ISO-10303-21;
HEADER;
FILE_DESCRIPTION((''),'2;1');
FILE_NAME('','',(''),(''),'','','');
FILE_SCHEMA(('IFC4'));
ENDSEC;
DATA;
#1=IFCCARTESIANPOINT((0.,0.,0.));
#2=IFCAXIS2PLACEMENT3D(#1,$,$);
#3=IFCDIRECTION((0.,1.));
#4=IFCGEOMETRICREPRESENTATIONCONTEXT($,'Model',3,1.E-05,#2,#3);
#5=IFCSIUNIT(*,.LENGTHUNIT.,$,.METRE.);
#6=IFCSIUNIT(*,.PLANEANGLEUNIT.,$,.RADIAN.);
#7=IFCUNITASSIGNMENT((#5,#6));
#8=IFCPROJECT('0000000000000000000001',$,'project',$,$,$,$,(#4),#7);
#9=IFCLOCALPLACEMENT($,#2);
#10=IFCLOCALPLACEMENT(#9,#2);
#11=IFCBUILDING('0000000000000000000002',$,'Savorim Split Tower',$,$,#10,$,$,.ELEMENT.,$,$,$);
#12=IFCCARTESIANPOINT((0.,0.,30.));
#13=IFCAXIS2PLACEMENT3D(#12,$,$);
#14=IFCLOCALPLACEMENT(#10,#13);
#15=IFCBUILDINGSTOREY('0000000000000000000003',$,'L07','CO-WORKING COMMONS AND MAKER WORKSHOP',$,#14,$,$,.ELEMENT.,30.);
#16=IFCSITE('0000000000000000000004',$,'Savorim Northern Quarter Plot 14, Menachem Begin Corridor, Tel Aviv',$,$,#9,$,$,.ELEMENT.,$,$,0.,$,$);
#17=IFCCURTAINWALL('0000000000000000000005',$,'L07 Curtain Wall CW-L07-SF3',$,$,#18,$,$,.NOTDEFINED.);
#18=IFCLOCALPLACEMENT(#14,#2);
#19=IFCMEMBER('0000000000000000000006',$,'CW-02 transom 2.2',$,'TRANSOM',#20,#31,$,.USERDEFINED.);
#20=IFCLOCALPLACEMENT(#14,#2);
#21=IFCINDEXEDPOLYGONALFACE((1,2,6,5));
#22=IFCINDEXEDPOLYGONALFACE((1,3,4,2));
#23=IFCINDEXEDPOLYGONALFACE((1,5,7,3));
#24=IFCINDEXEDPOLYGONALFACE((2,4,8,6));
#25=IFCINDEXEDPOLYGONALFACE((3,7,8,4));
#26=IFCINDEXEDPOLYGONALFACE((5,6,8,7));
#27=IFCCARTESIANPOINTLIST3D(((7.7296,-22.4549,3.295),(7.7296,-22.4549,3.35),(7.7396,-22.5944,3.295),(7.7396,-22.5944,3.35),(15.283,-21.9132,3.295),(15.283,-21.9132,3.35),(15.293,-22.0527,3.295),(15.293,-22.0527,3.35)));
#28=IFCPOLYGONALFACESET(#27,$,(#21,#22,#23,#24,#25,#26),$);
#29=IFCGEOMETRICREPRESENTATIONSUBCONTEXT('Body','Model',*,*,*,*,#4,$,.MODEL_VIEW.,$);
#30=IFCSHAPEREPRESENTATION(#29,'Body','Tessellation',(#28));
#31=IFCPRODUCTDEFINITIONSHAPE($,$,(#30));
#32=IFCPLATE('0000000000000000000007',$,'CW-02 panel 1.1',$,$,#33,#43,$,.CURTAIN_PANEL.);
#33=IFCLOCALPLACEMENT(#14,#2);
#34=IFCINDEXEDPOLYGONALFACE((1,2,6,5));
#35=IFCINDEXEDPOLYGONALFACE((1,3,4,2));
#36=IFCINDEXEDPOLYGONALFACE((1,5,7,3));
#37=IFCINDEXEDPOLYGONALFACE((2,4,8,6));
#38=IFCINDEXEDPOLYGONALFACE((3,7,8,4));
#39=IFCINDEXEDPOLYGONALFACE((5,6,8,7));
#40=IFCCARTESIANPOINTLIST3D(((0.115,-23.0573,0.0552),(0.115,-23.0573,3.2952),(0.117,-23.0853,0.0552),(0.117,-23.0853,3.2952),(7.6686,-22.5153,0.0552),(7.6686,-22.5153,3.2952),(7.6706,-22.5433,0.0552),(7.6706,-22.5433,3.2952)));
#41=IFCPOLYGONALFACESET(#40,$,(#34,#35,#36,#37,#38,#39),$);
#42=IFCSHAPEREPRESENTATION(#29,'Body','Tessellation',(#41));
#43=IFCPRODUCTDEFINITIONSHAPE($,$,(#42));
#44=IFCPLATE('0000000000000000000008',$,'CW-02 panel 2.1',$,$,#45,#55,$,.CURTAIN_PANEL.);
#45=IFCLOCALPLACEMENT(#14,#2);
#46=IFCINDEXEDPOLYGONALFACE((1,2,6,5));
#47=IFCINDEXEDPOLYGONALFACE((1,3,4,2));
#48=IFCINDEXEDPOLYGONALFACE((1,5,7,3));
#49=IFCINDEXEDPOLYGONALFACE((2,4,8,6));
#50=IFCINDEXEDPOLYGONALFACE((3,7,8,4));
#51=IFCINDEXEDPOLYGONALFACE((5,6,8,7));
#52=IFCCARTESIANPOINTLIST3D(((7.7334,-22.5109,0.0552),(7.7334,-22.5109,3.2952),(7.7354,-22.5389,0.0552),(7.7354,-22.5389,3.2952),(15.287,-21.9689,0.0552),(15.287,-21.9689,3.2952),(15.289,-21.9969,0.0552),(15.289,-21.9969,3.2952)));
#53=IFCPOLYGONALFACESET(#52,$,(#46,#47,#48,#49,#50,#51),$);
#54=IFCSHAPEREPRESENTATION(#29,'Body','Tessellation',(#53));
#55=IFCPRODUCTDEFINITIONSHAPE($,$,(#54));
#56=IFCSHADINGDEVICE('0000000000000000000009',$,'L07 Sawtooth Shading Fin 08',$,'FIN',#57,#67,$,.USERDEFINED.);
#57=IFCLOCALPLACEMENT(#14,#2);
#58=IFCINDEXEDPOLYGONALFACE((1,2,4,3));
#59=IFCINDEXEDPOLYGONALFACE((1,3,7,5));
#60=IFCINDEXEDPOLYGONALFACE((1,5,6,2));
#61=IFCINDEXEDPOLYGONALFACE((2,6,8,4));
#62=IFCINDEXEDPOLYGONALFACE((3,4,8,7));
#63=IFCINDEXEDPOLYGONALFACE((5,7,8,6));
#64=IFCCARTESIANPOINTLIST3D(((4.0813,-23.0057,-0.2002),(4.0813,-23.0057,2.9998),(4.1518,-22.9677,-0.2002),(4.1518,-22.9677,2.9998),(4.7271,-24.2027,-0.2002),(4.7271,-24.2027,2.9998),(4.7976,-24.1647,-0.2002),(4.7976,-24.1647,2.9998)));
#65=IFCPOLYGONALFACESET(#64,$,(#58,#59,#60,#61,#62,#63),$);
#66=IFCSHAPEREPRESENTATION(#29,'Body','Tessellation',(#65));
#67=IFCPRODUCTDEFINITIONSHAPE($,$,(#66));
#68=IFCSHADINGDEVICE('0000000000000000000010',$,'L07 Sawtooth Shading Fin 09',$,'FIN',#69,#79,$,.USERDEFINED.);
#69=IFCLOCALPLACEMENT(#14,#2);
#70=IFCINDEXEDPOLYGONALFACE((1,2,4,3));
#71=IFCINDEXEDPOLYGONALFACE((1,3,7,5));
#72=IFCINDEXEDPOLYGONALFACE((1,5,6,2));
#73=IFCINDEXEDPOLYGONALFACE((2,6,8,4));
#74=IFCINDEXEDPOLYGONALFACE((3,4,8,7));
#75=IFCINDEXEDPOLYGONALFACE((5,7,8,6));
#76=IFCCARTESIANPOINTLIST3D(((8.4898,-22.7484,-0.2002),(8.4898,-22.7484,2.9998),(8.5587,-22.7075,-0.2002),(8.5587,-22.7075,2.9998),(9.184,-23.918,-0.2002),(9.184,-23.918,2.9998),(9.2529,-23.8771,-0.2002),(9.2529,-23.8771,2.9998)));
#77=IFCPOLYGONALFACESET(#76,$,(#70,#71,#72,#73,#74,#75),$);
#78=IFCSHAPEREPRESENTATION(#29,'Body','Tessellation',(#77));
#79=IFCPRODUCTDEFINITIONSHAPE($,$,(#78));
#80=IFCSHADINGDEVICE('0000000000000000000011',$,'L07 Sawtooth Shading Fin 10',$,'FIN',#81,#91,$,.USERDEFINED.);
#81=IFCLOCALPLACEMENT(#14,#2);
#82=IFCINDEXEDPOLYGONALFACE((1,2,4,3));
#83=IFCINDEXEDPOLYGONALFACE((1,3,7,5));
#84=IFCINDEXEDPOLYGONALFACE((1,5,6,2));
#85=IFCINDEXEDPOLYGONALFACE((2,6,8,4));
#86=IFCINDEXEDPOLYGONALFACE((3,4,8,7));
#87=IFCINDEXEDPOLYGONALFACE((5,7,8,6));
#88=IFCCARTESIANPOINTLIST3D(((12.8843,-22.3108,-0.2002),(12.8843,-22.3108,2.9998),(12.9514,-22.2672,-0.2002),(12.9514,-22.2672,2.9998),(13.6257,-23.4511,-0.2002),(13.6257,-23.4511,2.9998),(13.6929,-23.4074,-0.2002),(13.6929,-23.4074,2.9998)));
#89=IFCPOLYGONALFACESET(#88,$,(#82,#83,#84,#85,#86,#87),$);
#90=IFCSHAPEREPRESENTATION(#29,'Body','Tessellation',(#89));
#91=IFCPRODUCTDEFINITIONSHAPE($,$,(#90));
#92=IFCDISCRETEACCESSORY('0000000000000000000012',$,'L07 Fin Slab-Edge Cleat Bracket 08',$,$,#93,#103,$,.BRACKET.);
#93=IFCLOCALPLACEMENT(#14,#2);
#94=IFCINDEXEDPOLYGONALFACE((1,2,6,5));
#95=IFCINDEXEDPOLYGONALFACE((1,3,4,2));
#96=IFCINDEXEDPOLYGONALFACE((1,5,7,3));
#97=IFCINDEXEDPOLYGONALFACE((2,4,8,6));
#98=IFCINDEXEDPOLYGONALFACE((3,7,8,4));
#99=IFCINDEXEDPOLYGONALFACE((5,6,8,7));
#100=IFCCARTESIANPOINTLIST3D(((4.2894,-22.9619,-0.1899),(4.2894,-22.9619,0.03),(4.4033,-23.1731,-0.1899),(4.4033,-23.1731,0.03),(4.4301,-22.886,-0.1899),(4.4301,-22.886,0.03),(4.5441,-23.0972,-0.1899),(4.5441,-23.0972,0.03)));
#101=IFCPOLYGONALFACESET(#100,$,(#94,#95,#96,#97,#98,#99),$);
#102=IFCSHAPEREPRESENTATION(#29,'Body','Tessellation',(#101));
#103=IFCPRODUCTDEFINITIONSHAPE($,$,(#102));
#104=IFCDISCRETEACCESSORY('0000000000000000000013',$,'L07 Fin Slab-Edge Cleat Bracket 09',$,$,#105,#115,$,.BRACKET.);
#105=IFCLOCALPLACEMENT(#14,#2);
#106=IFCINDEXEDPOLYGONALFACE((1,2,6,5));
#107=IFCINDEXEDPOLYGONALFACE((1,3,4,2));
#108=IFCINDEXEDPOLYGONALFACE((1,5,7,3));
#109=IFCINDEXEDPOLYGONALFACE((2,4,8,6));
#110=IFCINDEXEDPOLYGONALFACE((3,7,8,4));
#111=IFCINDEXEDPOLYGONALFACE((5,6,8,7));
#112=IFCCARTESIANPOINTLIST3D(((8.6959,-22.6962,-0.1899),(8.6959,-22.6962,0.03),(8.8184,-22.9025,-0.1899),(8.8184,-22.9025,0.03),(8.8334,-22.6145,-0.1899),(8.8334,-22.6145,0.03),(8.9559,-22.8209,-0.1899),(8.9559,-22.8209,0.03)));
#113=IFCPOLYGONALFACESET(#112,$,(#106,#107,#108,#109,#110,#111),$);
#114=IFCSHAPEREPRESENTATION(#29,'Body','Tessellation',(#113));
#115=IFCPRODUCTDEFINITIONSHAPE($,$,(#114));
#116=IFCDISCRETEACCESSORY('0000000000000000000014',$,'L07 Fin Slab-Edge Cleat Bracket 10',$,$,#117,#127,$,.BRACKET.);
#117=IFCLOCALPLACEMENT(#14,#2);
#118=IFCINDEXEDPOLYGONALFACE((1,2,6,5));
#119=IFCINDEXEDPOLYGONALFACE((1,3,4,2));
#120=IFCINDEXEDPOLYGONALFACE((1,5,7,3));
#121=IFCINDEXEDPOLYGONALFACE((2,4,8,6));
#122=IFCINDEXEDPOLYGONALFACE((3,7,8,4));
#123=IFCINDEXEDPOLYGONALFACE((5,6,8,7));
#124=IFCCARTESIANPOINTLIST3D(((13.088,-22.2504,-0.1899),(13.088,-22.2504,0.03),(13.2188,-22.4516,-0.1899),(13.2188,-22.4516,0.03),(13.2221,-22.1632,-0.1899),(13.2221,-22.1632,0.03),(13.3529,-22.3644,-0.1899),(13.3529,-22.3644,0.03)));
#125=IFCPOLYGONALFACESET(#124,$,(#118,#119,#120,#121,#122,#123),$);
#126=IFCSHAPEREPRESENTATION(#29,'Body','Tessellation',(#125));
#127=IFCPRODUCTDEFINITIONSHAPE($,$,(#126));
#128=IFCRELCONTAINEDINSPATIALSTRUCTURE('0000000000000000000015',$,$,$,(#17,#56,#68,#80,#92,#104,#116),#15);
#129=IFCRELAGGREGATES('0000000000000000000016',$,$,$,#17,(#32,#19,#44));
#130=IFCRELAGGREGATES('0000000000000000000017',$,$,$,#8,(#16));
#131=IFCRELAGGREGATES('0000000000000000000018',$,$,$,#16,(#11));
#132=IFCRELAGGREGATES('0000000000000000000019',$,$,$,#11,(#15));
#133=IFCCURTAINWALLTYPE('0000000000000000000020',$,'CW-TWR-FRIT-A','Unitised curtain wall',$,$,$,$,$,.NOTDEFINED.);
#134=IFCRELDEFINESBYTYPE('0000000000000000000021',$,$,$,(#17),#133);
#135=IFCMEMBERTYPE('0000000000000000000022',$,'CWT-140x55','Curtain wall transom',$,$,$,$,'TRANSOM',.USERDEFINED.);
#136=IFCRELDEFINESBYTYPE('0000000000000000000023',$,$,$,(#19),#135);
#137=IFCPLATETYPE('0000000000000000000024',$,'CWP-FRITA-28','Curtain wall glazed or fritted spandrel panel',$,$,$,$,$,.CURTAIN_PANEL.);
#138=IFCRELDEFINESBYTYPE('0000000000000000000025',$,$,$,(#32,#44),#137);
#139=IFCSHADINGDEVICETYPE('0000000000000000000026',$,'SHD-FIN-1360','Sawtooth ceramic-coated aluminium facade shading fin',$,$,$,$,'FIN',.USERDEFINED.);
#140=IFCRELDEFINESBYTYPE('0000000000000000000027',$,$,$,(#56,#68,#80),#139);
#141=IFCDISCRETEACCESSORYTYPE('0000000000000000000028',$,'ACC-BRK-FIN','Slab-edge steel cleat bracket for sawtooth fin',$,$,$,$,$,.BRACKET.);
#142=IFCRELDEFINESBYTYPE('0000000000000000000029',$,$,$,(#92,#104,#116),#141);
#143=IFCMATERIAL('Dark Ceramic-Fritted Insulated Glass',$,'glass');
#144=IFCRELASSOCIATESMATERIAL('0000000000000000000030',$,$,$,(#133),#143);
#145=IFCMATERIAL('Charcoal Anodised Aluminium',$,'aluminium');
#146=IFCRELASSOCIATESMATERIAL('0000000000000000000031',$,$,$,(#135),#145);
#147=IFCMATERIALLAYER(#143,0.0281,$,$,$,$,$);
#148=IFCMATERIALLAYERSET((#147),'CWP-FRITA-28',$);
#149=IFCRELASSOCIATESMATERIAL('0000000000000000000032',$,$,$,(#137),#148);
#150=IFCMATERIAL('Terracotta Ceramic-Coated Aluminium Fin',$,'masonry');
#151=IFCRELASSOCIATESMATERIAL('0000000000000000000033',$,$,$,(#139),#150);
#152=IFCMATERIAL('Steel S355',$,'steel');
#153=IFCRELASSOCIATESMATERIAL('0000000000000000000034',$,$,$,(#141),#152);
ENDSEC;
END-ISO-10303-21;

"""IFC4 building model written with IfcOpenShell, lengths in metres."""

from ifc_helpers import new_model, si_unit, direction, frame, origin, origin_2d, place, context, subcontext, project, spatial, rectangle, extrude, material, layer, layer_set, material_profile, profile_set, type_object, element, aggregate, save


model = new_model("IFC4")

# Units and contexts
model_context = context("Model", 3, precision=1e-05, world=origin(), true_north=direction((0.0, 1.0)))
body_context = subcontext(model_context, "Body", "Model", "MODEL_VIEW")
ifc_project = project(units=[si_unit("LENGTHUNIT", "METRE"), si_unit("PLANEANGLEUNIT", "RADIAN")], contexts=[model_context])

# Site, building, storey
site_placement = place(None, origin())
site = spatial("IfcSite", under=ifc_project, at=site_placement, Name="Savorim Northern Quarter Plot 14, Menachem Begin Corridor, Tel Aviv", CompositionType="ELEMENT", RefElevation=0.0)
building_placement = place(site_placement, origin())
building = spatial("IfcBuilding", under=site, at=building_placement, Name="Savorim Split Tower", CompositionType="ELEMENT")
storey_placement = place(building_placement, frame((0.0, 0.0, 30.0)))
storey = spatial("IfcBuildingStorey", under=building, at=storey_placement, Name="L07", Description="CO-WORKING COMMONS AND MAKER WORKSHOP", CompositionType="ELEMENT", Elevation=30.0)

# Shared definitions
ifc_material_1 = material(Name="Steel S355", Category="steel")

# Curtain wall
ifc_material_2 = material(Name="Dark Ceramic-Fritted Insulated Glass", Category="glass")
curtain_wall_type = type_object("IfcCurtainWallType", Name="CW-TWR-FRIT-A", Description="Unitised curtain wall", PredefinedType="NOTDEFINED", material=ifc_material_2)
curtain_wall_1_placement = place(storey_placement, origin())
curtain_wall_1 = element("IfcCurtainWall", 1, at=curtain_wall_1_placement, inside=storey, type_object=curtain_wall_type, Name="L07 Curtain Wall CW-L07-SF3", PredefinedType="NOTDEFINED")
ifc_material_3 = material(Name="Charcoal Anodised Aluminium", Category="aluminium")

# Member
ifc_material_profile_1 = material_profile(ifc_material_3, rectangle(XDim=0.1399, YDim=0.0549, at=origin_2d()), Name="ALU-T 140x55")
ifc_profile_set_1 = profile_set([ifc_material_profile_1], Name="Charcoal Anodised Aluminium")
member_type_1 = type_object("IfcMemberType", Name="CWT-140x55", Description="Curtain wall transom", ElementType="TRANSOM", PredefinedType="USERDEFINED", material=ifc_profile_set_1)
member_1_placement = place(storey_placement, frame((7.7346, -22.5247, 3.3225), z_axis=(0.997438, 0.071538, 0.0), x_axis=(-0.071538, 0.997438, 0.0)))
member_1 = element("IfcMember", 2, at=member_1_placement, type_object=member_type_1, Name="CW-02 transom 2.2", ObjectType="TRANSOM", PredefinedType="USERDEFINED", context=body_context, shape_type="SweptSolid", body=[
    extrude(rectangle(XDim=0.1399, YDim=0.0549, at=origin_2d()), origin(), (0.0, 0.0, 1.0), 7.5728),
])

# Plates
ifc_layer = layer(ifc_material_2, 0.0281)
ifc_layer_set = layer_set([ifc_layer], Name="CWP-FRITA-28")
plate_type = type_object("IfcPlateType", Name="CWP-FRITA-28", Description="Curtain wall glazed or fritted spandrel panel", PredefinedType="CURTAIN_PANEL", material=ifc_layer_set)
plate_1_placement = place(storey_placement, frame((3.8928, -22.8003, 0.0552), z_axis=(0.0, 0.0, 1.0), x_axis=(0.997436, 0.07156, 0.0)))
plate_1 = element("IfcPlate", 3, at=plate_1_placement, type_object=plate_type, Name="CW-02 panel 1.1", PredefinedType="CURTAIN_PANEL", context=body_context, shape_type="SweptSolid", body=[
    extrude(rectangle(XDim=7.573, YDim=0.0281, at=origin_2d()), origin(), (0.0, 0.0, 1.0), 3.24),
])
plate_2_placement = place(storey_placement, frame((11.5112, -22.2539, 0.0552), z_axis=(0.0, 0.0, 1.0), x_axis=(0.997436, 0.07156, 0.0)))
plate_2 = element("IfcPlate", 4, at=plate_2_placement, type_object=plate_type, Name="CW-02 panel 2.1", PredefinedType="CURTAIN_PANEL", context=body_context, shape_type="SweptSolid", body=[
    extrude(rectangle(XDim=7.573, YDim=0.0281, at=origin_2d()), origin(), (0.0, 0.0, 1.0), 3.24),
])
aggregate(curtain_wall_1, [plate_1, member_1, plate_2])

# Shading devices
ifc_material_4 = material(Name="Terracotta Ceramic-Coated Aluminium Fin", Category="masonry")
shading_device_type = type_object("IfcShadingDeviceType", Name="SHD-FIN-1360", Description="Sawtooth ceramic-coated aluminium facade shading fin", ElementType="FIN", PredefinedType="USERDEFINED", material=ifc_material_4)
for number, where, z_axis, x_axis, name in (
    (5, (4.4395, -23.5852, -0.2002), (0.0, 0.0, 1.0), (0.474778, -0.880106, 0.0), "L07 Sawtooth Shading Fin 08"),
    (6, (8.8713, -23.3127, -0.2002), (0.0, 0.0, 1.0), (0.510391, -0.859942, 0.0), "L07 Sawtooth Shading Fin 09"),
    (7, (13.2886, -22.8591, -0.2002), (0.0, 0.0, 1.0), (0.545148, -0.83834, 0.0), "L07 Sawtooth Shading Fin 10"),
):
    element("IfcShadingDevice", number, at=place(storey_placement, frame(where, z_axis=z_axis, x_axis=x_axis)), inside=storey, type_object=shading_device_type, Name=name, ObjectType="FIN", PredefinedType="USERDEFINED", context=body_context, shape_type="SweptSolid", body=[
        extrude(rectangle(XDim=1.3601, YDim=0.0801, at=origin_2d()), origin(), (0.0, 0.0, 1.0), 3.2),
    ])

# Discrete accessories
discrete_accessory_type = type_object("IfcDiscreteAccessoryType", Name="ACC-BRK-FIN", Description="Slab-edge steel cleat bracket for sawtooth fin", PredefinedType="BRACKET", material=ifc_material_1)
for number, where, z_axis, x_axis, name in (
    (8, (4.4167, -23.0295, -0.1899), (0.0, 0.0, 1.0), (0.474778, -0.880106, 0.0), "L07 Fin Slab-Edge Cleat Bracket 08"),
    (9, (8.8259, -22.7585, -0.1899), (0.0, 0.0, 1.0), (0.510391, -0.859942, 0.0), "L07 Fin Slab-Edge Cleat Bracket 09"),
    (10, (13.2205, -22.3074, -0.1899), (0.0, 0.0, 1.0), (0.545148, -0.83834, 0.0), "L07 Fin Slab-Edge Cleat Bracket 10"),
):
    element("IfcDiscreteAccessory", number, at=place(storey_placement, frame(where, z_axis=z_axis, x_axis=x_axis)), inside=storey, type_object=discrete_accessory_type, Name=name, PredefinedType="BRACKET", context=body_context, shape_type="SweptSolid", body=[
        extrude(rectangle(XDim=0.24, YDim=0.1599, at=origin_2d()), origin(), (0.0, 0.0, 1.0), 0.22),
    ])

save(model, "model.ifc")
